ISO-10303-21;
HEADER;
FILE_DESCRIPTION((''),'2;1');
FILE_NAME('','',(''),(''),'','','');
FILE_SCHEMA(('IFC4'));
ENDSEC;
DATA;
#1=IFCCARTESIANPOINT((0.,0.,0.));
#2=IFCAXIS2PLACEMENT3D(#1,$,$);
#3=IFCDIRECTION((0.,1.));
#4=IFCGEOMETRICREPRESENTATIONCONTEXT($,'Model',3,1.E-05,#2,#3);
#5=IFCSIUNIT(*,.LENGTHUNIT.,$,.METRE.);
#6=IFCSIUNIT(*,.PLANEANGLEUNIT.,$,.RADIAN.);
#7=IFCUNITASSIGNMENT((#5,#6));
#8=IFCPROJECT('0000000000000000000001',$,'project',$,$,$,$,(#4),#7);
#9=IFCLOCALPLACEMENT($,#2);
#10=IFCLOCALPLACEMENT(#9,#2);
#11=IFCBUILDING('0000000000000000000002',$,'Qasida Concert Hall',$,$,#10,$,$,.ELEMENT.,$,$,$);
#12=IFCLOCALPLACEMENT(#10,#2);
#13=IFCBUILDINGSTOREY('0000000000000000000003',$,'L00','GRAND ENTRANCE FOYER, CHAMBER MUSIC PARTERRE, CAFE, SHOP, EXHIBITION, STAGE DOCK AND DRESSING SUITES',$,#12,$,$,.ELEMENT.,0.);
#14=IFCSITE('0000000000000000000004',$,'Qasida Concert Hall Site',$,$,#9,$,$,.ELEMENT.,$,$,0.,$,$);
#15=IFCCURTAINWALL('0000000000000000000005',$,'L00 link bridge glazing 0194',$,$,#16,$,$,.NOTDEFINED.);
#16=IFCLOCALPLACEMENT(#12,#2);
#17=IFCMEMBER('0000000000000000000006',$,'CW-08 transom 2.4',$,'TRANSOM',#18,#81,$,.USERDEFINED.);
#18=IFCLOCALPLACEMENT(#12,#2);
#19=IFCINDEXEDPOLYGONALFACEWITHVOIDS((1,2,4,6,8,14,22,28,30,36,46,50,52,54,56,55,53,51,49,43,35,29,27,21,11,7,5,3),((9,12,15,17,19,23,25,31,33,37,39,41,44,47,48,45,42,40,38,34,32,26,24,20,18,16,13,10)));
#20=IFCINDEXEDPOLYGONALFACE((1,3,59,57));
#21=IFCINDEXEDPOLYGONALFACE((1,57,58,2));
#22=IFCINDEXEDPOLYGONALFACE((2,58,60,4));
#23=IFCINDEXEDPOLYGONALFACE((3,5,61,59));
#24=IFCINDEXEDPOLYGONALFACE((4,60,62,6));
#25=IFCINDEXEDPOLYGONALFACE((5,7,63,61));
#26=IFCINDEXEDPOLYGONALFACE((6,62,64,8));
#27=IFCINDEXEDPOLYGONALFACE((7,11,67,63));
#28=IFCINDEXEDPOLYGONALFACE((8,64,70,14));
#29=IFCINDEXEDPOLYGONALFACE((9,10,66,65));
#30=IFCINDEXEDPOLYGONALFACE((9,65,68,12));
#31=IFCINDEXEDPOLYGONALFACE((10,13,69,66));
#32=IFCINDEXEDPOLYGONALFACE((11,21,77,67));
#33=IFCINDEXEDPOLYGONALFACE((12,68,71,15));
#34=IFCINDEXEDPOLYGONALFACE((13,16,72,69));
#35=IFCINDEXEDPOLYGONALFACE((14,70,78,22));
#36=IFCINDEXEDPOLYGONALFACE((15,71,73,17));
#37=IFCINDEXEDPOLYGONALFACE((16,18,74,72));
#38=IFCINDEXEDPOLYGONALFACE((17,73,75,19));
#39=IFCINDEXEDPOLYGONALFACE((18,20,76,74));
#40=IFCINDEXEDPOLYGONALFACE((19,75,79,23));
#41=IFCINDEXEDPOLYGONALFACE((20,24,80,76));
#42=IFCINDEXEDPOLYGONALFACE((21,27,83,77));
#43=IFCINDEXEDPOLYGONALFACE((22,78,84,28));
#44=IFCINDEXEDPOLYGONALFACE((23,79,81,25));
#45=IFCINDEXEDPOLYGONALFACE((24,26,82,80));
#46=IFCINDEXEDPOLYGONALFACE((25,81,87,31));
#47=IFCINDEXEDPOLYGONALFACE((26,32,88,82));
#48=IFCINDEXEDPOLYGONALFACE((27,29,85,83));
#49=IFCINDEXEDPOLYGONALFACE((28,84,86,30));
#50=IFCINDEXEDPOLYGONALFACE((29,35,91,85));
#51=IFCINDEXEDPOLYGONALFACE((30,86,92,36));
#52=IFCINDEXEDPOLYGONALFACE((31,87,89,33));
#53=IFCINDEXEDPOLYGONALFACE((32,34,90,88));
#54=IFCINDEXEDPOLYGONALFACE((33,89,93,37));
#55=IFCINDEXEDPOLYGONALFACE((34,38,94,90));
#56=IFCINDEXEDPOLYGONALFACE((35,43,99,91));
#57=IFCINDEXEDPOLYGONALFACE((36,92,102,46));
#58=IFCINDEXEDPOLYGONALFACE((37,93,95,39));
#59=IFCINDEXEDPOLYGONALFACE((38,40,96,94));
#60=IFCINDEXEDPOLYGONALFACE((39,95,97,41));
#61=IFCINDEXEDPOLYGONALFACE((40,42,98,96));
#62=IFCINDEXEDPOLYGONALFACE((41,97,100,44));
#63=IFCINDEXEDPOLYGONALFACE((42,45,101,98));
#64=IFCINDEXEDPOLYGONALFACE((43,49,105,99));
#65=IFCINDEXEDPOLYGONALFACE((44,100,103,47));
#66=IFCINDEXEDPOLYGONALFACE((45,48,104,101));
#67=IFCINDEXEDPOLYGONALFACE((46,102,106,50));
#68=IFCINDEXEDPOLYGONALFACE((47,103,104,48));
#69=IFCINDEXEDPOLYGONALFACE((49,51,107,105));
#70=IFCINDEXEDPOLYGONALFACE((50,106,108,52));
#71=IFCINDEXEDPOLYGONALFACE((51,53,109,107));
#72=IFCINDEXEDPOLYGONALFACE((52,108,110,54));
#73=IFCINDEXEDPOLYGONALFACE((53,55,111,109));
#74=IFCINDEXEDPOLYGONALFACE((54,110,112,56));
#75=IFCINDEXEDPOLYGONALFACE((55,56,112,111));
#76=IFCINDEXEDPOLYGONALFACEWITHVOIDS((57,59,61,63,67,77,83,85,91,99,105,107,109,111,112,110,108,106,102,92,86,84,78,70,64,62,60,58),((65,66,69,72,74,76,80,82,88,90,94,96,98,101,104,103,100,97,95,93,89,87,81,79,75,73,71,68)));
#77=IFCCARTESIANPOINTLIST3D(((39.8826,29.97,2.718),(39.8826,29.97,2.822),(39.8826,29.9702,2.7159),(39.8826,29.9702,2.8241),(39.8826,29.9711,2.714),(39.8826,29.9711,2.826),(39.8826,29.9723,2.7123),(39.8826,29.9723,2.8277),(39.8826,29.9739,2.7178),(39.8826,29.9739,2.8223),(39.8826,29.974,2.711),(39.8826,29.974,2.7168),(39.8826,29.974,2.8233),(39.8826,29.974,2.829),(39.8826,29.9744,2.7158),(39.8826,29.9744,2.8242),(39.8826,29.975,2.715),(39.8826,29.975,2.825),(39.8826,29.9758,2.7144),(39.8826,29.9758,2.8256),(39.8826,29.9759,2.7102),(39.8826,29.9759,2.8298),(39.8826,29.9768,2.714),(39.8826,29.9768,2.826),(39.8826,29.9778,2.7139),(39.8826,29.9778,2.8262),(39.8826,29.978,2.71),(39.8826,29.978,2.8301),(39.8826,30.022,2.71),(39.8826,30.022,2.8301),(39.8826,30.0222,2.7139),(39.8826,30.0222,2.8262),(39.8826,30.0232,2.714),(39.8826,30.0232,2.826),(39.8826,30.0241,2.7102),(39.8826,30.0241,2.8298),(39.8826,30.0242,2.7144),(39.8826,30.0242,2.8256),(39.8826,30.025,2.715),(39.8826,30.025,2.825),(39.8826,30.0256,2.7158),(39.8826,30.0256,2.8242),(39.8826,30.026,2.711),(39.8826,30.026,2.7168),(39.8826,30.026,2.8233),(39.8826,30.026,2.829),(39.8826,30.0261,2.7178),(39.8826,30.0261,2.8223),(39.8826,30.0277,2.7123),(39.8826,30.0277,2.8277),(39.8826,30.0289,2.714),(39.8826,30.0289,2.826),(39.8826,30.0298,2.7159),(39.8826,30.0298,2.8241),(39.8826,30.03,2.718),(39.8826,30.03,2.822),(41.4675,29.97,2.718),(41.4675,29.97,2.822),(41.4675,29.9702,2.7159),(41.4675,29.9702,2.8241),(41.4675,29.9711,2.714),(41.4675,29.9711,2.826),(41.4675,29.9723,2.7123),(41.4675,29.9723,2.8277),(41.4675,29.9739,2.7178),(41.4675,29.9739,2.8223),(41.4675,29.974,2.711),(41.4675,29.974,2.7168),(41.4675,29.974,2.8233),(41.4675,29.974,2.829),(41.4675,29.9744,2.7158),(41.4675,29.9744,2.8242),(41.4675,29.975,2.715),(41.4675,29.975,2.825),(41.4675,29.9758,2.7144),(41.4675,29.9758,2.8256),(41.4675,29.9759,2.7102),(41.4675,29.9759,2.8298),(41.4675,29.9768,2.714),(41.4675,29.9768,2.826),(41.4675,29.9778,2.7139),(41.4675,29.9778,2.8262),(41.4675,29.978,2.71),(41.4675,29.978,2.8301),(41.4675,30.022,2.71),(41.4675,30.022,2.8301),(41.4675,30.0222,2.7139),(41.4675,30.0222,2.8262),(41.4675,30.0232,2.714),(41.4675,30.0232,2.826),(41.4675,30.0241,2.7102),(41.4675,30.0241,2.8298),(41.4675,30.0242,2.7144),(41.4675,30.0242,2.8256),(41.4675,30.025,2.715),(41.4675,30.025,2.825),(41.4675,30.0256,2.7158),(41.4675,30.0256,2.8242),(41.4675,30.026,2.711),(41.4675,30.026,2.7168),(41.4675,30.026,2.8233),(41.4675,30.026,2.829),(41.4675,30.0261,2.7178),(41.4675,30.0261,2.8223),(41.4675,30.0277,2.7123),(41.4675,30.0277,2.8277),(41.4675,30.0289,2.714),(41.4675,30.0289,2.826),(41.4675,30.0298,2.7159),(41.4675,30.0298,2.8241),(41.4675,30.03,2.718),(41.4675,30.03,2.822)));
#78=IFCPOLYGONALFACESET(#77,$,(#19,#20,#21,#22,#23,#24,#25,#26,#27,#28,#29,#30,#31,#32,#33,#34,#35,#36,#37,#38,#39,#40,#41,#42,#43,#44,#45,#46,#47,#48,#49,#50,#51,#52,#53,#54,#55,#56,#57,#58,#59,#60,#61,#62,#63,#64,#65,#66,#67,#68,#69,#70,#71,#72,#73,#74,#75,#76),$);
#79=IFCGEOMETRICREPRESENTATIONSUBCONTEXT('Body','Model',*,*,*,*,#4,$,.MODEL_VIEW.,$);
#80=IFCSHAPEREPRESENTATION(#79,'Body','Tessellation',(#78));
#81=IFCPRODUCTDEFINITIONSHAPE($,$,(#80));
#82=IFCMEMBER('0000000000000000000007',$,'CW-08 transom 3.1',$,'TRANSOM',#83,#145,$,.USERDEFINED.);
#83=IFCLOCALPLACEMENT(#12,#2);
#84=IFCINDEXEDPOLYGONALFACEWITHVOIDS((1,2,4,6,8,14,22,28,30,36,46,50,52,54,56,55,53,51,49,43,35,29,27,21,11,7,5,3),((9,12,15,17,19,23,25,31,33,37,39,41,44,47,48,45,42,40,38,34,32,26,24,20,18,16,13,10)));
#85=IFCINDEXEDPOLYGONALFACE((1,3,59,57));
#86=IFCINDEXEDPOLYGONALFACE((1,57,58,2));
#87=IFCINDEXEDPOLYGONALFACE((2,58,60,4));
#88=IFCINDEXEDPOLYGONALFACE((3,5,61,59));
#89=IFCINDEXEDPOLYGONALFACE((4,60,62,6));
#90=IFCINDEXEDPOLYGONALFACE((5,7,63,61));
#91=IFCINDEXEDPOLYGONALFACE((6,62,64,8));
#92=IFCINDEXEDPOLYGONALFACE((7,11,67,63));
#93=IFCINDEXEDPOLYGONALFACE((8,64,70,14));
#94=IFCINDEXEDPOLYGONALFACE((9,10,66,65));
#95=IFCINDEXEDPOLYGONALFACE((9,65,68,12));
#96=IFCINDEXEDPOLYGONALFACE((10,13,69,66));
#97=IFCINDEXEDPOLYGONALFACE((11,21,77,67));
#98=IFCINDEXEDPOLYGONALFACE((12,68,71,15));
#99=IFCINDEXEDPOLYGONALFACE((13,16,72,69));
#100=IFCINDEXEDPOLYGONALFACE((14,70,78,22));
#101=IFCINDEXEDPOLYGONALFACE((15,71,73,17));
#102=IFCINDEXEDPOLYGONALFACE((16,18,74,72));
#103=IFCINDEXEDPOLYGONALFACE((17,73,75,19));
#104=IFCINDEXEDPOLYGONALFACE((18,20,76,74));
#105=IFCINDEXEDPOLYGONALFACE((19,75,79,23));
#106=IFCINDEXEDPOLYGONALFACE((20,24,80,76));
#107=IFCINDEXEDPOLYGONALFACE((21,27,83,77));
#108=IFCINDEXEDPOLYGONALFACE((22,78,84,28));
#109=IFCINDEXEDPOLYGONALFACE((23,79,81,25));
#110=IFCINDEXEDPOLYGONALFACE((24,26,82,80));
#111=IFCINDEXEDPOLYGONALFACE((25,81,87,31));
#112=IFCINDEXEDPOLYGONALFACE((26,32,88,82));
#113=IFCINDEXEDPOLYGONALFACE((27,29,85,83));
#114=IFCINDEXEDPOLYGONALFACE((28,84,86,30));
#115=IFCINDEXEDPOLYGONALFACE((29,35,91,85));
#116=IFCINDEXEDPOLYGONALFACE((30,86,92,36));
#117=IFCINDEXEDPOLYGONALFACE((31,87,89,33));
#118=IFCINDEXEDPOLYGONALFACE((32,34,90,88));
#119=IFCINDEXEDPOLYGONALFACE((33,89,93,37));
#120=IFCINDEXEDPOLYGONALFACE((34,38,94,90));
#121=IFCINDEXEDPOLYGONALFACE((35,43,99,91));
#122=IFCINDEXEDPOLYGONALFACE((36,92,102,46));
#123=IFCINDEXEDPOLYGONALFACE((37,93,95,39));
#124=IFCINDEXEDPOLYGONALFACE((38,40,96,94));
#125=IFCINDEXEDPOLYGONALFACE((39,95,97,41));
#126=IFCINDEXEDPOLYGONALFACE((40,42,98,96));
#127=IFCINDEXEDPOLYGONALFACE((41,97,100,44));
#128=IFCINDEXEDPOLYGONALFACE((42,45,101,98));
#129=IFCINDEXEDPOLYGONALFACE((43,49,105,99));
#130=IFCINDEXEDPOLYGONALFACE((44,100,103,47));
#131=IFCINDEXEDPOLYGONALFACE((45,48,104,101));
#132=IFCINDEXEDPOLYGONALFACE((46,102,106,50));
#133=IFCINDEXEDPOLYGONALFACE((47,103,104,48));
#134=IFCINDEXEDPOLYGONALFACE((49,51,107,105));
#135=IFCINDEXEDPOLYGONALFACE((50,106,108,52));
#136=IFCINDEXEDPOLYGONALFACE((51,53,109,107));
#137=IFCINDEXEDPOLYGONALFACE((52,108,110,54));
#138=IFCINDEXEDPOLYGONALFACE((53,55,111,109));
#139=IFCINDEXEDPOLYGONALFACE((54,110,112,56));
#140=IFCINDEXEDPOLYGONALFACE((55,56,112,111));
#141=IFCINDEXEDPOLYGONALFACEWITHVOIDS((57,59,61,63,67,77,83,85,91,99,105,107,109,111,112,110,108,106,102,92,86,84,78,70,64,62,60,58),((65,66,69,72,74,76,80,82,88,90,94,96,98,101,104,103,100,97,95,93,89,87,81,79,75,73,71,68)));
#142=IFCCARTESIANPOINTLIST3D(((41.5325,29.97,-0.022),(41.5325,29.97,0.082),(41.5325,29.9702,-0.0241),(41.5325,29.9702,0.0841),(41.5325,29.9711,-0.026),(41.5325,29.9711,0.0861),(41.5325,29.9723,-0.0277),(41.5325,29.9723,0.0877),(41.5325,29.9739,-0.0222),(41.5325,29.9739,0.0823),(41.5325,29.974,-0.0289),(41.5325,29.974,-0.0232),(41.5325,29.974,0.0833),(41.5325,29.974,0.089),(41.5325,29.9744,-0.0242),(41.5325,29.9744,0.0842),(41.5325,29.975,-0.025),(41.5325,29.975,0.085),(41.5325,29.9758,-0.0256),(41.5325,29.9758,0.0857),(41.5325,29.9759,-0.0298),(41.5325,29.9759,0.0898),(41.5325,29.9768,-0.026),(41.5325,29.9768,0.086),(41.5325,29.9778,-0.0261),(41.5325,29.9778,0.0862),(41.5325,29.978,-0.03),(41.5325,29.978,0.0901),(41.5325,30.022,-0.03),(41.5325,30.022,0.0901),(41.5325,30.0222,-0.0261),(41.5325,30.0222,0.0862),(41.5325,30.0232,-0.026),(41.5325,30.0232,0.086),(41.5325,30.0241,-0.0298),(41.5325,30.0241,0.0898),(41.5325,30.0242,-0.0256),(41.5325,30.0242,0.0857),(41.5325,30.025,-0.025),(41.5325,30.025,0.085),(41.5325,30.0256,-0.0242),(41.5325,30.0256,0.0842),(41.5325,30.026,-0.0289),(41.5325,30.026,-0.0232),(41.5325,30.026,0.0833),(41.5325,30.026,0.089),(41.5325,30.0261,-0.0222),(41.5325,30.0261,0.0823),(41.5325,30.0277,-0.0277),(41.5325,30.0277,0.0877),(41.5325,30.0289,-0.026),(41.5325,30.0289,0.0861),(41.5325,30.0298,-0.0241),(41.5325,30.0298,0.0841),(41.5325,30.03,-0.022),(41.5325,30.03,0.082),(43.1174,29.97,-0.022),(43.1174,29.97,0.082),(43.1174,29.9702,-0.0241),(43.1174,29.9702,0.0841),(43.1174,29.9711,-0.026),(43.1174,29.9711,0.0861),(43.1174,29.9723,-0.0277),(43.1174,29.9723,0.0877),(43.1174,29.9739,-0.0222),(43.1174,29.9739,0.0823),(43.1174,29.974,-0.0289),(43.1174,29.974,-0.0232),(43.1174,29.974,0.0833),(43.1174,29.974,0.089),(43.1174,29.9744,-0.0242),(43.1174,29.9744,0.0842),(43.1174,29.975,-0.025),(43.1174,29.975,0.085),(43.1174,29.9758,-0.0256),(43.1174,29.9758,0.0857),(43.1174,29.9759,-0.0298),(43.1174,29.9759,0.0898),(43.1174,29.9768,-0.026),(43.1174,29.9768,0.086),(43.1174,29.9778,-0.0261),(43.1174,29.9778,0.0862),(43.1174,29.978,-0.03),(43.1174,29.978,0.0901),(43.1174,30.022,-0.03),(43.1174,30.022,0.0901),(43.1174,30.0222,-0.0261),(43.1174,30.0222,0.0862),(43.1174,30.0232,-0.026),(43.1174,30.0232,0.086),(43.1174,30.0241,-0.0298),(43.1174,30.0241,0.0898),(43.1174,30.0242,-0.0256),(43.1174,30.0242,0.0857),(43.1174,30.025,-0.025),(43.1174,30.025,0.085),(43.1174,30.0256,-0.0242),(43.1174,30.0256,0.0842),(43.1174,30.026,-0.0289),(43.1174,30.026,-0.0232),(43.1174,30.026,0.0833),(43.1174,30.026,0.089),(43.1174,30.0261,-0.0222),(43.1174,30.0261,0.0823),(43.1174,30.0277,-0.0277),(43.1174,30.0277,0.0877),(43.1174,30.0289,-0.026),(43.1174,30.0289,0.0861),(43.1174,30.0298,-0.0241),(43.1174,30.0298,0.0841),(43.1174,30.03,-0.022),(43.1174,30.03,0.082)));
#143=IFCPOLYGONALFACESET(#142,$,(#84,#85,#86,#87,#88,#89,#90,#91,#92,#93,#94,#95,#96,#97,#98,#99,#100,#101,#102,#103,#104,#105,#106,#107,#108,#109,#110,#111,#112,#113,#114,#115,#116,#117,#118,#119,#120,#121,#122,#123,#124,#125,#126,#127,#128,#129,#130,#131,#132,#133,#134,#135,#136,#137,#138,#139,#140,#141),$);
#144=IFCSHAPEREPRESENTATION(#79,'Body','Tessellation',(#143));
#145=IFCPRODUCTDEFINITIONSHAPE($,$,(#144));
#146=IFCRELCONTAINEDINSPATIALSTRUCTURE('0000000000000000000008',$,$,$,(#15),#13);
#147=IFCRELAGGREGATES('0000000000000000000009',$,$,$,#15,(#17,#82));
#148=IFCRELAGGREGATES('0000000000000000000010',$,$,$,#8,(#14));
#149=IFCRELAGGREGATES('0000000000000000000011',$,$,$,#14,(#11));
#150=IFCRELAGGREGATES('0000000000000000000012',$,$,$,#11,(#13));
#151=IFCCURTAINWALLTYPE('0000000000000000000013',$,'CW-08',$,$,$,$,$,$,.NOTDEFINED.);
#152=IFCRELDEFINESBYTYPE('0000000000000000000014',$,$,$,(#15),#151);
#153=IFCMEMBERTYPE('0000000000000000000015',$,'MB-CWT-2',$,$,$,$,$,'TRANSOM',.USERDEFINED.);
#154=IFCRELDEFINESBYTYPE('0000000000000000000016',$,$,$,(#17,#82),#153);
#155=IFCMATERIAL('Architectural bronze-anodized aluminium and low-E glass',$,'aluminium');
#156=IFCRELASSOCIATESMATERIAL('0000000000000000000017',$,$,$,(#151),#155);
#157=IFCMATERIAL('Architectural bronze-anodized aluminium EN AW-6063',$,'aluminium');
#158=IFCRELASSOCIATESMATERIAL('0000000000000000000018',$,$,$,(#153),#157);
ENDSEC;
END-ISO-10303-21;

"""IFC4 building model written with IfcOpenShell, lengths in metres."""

from ifc_helpers import new_model, si_unit, direction, frame, origin, origin_2d, place, context, subcontext, project, spatial, hollow_rectangle, extrude, material, material_profile, profile_set, type_object, element, aggregate, save


model = new_model("IFC4")

# Units and contexts
model_context = context("Model", 3, precision=1e-05, world=origin(), true_north=direction((0.0, 1.0)))
body_context = subcontext(model_context, "Body", "Model", "MODEL_VIEW")
ifc_project = project(units=[si_unit("LENGTHUNIT", "METRE"), si_unit("PLANEANGLEUNIT", "RADIAN")], contexts=[model_context])

# Site, building, storey
site_placement = place(None, origin())
site = spatial("IfcSite", under=ifc_project, at=site_placement, Name="Qasida Concert Hall Site", CompositionType="ELEMENT", RefElevation=0.0)
building_placement = place(site_placement, origin())
building = spatial("IfcBuilding", under=site, at=building_placement, Name="Qasida Concert Hall", CompositionType="ELEMENT")
storey_placement = place(building_placement, origin())
storey = spatial("IfcBuildingStorey", under=building, at=storey_placement, Name="L00", Description="GRAND ENTRANCE FOYER, CHAMBER MUSIC PARTERRE, CAFE, SHOP, EXHIBITION, STAGE DOCK AND DRESSING SUITES", CompositionType="ELEMENT", Elevation=0.0)

# Curtain wall, members
ifc_material_1 = material(Name="Architectural bronze-anodized aluminium and low-E glass", Category="aluminium")
curtain_wall_type = type_object("IfcCurtainWallType", Name="CW-08", PredefinedType="NOTDEFINED", material=ifc_material_1)
curtain_wall_placement = place(storey_placement, origin())
curtain_wall = element("IfcCurtainWall", 1, at=curtain_wall_placement, inside=storey, type_object=curtain_wall_type, Name="L00 link bridge glazing 0194", PredefinedType="NOTDEFINED")
ifc_material_2 = material(Name="Architectural bronze-anodized aluminium EN AW-6063", Category="aluminium")
ifc_material_profile_1 = material_profile(ifc_material_2, hollow_rectangle(XDim=0.0601, YDim=0.1201, WallThickness=0.0039, InnerFilletRadius=0.0039, OuterFilletRadius=0.0081, at=origin_2d()), Name="CWT 120x60x4")
ifc_profile_set_1 = profile_set([ifc_material_profile_1], Name="Architectural bronze-anodized aluminium EN AW-6063")
member_type_1 = type_object("IfcMemberType", Name="MB-CWT-2", ElementType="TRANSOM", PredefinedType="USERDEFINED", material=ifc_profile_set_1)
member_1_placement = place(storey_placement, frame((39.8826, 30.0, 2.77), z_axis=(1.0, 0.0, 0.0), x_axis=(0.0, 1.0, 0.0)))
member_1 = element("IfcMember", 2, at=member_1_placement, type_object=member_type_1, Name="CW-08 transom 2.4", ObjectType="TRANSOM", PredefinedType="USERDEFINED", context=body_context, shape_type="SweptSolid", body=[
    extrude(hollow_rectangle(XDim=0.0601, YDim=0.1201, WallThickness=0.0039, InnerFilletRadius=0.0039, OuterFilletRadius=0.0081, at=origin_2d()), origin(), (0.0, 0.0, 1.0), 1.585),
])
member_2_placement = place(storey_placement, frame((41.5325, 30.0, 0.03), z_axis=(1.0, 0.0, 0.0), x_axis=(0.0, 1.0, 0.0)))
member_2 = element("IfcMember", 3, at=member_2_placement, type_object=member_type_1, Name="CW-08 transom 3.1", ObjectType="TRANSOM", PredefinedType="USERDEFINED", context=body_context, shape_type="SweptSolid", body=[
    extrude(hollow_rectangle(XDim=0.0601, YDim=0.1201, WallThickness=0.0039, InnerFilletRadius=0.0039, OuterFilletRadius=0.0081, at=origin_2d()), origin(), (0.0, 0.0, 1.0), 1.585),
])
aggregate(curtain_wall, [member_1, member_2])

save(model, "model.ifc")
